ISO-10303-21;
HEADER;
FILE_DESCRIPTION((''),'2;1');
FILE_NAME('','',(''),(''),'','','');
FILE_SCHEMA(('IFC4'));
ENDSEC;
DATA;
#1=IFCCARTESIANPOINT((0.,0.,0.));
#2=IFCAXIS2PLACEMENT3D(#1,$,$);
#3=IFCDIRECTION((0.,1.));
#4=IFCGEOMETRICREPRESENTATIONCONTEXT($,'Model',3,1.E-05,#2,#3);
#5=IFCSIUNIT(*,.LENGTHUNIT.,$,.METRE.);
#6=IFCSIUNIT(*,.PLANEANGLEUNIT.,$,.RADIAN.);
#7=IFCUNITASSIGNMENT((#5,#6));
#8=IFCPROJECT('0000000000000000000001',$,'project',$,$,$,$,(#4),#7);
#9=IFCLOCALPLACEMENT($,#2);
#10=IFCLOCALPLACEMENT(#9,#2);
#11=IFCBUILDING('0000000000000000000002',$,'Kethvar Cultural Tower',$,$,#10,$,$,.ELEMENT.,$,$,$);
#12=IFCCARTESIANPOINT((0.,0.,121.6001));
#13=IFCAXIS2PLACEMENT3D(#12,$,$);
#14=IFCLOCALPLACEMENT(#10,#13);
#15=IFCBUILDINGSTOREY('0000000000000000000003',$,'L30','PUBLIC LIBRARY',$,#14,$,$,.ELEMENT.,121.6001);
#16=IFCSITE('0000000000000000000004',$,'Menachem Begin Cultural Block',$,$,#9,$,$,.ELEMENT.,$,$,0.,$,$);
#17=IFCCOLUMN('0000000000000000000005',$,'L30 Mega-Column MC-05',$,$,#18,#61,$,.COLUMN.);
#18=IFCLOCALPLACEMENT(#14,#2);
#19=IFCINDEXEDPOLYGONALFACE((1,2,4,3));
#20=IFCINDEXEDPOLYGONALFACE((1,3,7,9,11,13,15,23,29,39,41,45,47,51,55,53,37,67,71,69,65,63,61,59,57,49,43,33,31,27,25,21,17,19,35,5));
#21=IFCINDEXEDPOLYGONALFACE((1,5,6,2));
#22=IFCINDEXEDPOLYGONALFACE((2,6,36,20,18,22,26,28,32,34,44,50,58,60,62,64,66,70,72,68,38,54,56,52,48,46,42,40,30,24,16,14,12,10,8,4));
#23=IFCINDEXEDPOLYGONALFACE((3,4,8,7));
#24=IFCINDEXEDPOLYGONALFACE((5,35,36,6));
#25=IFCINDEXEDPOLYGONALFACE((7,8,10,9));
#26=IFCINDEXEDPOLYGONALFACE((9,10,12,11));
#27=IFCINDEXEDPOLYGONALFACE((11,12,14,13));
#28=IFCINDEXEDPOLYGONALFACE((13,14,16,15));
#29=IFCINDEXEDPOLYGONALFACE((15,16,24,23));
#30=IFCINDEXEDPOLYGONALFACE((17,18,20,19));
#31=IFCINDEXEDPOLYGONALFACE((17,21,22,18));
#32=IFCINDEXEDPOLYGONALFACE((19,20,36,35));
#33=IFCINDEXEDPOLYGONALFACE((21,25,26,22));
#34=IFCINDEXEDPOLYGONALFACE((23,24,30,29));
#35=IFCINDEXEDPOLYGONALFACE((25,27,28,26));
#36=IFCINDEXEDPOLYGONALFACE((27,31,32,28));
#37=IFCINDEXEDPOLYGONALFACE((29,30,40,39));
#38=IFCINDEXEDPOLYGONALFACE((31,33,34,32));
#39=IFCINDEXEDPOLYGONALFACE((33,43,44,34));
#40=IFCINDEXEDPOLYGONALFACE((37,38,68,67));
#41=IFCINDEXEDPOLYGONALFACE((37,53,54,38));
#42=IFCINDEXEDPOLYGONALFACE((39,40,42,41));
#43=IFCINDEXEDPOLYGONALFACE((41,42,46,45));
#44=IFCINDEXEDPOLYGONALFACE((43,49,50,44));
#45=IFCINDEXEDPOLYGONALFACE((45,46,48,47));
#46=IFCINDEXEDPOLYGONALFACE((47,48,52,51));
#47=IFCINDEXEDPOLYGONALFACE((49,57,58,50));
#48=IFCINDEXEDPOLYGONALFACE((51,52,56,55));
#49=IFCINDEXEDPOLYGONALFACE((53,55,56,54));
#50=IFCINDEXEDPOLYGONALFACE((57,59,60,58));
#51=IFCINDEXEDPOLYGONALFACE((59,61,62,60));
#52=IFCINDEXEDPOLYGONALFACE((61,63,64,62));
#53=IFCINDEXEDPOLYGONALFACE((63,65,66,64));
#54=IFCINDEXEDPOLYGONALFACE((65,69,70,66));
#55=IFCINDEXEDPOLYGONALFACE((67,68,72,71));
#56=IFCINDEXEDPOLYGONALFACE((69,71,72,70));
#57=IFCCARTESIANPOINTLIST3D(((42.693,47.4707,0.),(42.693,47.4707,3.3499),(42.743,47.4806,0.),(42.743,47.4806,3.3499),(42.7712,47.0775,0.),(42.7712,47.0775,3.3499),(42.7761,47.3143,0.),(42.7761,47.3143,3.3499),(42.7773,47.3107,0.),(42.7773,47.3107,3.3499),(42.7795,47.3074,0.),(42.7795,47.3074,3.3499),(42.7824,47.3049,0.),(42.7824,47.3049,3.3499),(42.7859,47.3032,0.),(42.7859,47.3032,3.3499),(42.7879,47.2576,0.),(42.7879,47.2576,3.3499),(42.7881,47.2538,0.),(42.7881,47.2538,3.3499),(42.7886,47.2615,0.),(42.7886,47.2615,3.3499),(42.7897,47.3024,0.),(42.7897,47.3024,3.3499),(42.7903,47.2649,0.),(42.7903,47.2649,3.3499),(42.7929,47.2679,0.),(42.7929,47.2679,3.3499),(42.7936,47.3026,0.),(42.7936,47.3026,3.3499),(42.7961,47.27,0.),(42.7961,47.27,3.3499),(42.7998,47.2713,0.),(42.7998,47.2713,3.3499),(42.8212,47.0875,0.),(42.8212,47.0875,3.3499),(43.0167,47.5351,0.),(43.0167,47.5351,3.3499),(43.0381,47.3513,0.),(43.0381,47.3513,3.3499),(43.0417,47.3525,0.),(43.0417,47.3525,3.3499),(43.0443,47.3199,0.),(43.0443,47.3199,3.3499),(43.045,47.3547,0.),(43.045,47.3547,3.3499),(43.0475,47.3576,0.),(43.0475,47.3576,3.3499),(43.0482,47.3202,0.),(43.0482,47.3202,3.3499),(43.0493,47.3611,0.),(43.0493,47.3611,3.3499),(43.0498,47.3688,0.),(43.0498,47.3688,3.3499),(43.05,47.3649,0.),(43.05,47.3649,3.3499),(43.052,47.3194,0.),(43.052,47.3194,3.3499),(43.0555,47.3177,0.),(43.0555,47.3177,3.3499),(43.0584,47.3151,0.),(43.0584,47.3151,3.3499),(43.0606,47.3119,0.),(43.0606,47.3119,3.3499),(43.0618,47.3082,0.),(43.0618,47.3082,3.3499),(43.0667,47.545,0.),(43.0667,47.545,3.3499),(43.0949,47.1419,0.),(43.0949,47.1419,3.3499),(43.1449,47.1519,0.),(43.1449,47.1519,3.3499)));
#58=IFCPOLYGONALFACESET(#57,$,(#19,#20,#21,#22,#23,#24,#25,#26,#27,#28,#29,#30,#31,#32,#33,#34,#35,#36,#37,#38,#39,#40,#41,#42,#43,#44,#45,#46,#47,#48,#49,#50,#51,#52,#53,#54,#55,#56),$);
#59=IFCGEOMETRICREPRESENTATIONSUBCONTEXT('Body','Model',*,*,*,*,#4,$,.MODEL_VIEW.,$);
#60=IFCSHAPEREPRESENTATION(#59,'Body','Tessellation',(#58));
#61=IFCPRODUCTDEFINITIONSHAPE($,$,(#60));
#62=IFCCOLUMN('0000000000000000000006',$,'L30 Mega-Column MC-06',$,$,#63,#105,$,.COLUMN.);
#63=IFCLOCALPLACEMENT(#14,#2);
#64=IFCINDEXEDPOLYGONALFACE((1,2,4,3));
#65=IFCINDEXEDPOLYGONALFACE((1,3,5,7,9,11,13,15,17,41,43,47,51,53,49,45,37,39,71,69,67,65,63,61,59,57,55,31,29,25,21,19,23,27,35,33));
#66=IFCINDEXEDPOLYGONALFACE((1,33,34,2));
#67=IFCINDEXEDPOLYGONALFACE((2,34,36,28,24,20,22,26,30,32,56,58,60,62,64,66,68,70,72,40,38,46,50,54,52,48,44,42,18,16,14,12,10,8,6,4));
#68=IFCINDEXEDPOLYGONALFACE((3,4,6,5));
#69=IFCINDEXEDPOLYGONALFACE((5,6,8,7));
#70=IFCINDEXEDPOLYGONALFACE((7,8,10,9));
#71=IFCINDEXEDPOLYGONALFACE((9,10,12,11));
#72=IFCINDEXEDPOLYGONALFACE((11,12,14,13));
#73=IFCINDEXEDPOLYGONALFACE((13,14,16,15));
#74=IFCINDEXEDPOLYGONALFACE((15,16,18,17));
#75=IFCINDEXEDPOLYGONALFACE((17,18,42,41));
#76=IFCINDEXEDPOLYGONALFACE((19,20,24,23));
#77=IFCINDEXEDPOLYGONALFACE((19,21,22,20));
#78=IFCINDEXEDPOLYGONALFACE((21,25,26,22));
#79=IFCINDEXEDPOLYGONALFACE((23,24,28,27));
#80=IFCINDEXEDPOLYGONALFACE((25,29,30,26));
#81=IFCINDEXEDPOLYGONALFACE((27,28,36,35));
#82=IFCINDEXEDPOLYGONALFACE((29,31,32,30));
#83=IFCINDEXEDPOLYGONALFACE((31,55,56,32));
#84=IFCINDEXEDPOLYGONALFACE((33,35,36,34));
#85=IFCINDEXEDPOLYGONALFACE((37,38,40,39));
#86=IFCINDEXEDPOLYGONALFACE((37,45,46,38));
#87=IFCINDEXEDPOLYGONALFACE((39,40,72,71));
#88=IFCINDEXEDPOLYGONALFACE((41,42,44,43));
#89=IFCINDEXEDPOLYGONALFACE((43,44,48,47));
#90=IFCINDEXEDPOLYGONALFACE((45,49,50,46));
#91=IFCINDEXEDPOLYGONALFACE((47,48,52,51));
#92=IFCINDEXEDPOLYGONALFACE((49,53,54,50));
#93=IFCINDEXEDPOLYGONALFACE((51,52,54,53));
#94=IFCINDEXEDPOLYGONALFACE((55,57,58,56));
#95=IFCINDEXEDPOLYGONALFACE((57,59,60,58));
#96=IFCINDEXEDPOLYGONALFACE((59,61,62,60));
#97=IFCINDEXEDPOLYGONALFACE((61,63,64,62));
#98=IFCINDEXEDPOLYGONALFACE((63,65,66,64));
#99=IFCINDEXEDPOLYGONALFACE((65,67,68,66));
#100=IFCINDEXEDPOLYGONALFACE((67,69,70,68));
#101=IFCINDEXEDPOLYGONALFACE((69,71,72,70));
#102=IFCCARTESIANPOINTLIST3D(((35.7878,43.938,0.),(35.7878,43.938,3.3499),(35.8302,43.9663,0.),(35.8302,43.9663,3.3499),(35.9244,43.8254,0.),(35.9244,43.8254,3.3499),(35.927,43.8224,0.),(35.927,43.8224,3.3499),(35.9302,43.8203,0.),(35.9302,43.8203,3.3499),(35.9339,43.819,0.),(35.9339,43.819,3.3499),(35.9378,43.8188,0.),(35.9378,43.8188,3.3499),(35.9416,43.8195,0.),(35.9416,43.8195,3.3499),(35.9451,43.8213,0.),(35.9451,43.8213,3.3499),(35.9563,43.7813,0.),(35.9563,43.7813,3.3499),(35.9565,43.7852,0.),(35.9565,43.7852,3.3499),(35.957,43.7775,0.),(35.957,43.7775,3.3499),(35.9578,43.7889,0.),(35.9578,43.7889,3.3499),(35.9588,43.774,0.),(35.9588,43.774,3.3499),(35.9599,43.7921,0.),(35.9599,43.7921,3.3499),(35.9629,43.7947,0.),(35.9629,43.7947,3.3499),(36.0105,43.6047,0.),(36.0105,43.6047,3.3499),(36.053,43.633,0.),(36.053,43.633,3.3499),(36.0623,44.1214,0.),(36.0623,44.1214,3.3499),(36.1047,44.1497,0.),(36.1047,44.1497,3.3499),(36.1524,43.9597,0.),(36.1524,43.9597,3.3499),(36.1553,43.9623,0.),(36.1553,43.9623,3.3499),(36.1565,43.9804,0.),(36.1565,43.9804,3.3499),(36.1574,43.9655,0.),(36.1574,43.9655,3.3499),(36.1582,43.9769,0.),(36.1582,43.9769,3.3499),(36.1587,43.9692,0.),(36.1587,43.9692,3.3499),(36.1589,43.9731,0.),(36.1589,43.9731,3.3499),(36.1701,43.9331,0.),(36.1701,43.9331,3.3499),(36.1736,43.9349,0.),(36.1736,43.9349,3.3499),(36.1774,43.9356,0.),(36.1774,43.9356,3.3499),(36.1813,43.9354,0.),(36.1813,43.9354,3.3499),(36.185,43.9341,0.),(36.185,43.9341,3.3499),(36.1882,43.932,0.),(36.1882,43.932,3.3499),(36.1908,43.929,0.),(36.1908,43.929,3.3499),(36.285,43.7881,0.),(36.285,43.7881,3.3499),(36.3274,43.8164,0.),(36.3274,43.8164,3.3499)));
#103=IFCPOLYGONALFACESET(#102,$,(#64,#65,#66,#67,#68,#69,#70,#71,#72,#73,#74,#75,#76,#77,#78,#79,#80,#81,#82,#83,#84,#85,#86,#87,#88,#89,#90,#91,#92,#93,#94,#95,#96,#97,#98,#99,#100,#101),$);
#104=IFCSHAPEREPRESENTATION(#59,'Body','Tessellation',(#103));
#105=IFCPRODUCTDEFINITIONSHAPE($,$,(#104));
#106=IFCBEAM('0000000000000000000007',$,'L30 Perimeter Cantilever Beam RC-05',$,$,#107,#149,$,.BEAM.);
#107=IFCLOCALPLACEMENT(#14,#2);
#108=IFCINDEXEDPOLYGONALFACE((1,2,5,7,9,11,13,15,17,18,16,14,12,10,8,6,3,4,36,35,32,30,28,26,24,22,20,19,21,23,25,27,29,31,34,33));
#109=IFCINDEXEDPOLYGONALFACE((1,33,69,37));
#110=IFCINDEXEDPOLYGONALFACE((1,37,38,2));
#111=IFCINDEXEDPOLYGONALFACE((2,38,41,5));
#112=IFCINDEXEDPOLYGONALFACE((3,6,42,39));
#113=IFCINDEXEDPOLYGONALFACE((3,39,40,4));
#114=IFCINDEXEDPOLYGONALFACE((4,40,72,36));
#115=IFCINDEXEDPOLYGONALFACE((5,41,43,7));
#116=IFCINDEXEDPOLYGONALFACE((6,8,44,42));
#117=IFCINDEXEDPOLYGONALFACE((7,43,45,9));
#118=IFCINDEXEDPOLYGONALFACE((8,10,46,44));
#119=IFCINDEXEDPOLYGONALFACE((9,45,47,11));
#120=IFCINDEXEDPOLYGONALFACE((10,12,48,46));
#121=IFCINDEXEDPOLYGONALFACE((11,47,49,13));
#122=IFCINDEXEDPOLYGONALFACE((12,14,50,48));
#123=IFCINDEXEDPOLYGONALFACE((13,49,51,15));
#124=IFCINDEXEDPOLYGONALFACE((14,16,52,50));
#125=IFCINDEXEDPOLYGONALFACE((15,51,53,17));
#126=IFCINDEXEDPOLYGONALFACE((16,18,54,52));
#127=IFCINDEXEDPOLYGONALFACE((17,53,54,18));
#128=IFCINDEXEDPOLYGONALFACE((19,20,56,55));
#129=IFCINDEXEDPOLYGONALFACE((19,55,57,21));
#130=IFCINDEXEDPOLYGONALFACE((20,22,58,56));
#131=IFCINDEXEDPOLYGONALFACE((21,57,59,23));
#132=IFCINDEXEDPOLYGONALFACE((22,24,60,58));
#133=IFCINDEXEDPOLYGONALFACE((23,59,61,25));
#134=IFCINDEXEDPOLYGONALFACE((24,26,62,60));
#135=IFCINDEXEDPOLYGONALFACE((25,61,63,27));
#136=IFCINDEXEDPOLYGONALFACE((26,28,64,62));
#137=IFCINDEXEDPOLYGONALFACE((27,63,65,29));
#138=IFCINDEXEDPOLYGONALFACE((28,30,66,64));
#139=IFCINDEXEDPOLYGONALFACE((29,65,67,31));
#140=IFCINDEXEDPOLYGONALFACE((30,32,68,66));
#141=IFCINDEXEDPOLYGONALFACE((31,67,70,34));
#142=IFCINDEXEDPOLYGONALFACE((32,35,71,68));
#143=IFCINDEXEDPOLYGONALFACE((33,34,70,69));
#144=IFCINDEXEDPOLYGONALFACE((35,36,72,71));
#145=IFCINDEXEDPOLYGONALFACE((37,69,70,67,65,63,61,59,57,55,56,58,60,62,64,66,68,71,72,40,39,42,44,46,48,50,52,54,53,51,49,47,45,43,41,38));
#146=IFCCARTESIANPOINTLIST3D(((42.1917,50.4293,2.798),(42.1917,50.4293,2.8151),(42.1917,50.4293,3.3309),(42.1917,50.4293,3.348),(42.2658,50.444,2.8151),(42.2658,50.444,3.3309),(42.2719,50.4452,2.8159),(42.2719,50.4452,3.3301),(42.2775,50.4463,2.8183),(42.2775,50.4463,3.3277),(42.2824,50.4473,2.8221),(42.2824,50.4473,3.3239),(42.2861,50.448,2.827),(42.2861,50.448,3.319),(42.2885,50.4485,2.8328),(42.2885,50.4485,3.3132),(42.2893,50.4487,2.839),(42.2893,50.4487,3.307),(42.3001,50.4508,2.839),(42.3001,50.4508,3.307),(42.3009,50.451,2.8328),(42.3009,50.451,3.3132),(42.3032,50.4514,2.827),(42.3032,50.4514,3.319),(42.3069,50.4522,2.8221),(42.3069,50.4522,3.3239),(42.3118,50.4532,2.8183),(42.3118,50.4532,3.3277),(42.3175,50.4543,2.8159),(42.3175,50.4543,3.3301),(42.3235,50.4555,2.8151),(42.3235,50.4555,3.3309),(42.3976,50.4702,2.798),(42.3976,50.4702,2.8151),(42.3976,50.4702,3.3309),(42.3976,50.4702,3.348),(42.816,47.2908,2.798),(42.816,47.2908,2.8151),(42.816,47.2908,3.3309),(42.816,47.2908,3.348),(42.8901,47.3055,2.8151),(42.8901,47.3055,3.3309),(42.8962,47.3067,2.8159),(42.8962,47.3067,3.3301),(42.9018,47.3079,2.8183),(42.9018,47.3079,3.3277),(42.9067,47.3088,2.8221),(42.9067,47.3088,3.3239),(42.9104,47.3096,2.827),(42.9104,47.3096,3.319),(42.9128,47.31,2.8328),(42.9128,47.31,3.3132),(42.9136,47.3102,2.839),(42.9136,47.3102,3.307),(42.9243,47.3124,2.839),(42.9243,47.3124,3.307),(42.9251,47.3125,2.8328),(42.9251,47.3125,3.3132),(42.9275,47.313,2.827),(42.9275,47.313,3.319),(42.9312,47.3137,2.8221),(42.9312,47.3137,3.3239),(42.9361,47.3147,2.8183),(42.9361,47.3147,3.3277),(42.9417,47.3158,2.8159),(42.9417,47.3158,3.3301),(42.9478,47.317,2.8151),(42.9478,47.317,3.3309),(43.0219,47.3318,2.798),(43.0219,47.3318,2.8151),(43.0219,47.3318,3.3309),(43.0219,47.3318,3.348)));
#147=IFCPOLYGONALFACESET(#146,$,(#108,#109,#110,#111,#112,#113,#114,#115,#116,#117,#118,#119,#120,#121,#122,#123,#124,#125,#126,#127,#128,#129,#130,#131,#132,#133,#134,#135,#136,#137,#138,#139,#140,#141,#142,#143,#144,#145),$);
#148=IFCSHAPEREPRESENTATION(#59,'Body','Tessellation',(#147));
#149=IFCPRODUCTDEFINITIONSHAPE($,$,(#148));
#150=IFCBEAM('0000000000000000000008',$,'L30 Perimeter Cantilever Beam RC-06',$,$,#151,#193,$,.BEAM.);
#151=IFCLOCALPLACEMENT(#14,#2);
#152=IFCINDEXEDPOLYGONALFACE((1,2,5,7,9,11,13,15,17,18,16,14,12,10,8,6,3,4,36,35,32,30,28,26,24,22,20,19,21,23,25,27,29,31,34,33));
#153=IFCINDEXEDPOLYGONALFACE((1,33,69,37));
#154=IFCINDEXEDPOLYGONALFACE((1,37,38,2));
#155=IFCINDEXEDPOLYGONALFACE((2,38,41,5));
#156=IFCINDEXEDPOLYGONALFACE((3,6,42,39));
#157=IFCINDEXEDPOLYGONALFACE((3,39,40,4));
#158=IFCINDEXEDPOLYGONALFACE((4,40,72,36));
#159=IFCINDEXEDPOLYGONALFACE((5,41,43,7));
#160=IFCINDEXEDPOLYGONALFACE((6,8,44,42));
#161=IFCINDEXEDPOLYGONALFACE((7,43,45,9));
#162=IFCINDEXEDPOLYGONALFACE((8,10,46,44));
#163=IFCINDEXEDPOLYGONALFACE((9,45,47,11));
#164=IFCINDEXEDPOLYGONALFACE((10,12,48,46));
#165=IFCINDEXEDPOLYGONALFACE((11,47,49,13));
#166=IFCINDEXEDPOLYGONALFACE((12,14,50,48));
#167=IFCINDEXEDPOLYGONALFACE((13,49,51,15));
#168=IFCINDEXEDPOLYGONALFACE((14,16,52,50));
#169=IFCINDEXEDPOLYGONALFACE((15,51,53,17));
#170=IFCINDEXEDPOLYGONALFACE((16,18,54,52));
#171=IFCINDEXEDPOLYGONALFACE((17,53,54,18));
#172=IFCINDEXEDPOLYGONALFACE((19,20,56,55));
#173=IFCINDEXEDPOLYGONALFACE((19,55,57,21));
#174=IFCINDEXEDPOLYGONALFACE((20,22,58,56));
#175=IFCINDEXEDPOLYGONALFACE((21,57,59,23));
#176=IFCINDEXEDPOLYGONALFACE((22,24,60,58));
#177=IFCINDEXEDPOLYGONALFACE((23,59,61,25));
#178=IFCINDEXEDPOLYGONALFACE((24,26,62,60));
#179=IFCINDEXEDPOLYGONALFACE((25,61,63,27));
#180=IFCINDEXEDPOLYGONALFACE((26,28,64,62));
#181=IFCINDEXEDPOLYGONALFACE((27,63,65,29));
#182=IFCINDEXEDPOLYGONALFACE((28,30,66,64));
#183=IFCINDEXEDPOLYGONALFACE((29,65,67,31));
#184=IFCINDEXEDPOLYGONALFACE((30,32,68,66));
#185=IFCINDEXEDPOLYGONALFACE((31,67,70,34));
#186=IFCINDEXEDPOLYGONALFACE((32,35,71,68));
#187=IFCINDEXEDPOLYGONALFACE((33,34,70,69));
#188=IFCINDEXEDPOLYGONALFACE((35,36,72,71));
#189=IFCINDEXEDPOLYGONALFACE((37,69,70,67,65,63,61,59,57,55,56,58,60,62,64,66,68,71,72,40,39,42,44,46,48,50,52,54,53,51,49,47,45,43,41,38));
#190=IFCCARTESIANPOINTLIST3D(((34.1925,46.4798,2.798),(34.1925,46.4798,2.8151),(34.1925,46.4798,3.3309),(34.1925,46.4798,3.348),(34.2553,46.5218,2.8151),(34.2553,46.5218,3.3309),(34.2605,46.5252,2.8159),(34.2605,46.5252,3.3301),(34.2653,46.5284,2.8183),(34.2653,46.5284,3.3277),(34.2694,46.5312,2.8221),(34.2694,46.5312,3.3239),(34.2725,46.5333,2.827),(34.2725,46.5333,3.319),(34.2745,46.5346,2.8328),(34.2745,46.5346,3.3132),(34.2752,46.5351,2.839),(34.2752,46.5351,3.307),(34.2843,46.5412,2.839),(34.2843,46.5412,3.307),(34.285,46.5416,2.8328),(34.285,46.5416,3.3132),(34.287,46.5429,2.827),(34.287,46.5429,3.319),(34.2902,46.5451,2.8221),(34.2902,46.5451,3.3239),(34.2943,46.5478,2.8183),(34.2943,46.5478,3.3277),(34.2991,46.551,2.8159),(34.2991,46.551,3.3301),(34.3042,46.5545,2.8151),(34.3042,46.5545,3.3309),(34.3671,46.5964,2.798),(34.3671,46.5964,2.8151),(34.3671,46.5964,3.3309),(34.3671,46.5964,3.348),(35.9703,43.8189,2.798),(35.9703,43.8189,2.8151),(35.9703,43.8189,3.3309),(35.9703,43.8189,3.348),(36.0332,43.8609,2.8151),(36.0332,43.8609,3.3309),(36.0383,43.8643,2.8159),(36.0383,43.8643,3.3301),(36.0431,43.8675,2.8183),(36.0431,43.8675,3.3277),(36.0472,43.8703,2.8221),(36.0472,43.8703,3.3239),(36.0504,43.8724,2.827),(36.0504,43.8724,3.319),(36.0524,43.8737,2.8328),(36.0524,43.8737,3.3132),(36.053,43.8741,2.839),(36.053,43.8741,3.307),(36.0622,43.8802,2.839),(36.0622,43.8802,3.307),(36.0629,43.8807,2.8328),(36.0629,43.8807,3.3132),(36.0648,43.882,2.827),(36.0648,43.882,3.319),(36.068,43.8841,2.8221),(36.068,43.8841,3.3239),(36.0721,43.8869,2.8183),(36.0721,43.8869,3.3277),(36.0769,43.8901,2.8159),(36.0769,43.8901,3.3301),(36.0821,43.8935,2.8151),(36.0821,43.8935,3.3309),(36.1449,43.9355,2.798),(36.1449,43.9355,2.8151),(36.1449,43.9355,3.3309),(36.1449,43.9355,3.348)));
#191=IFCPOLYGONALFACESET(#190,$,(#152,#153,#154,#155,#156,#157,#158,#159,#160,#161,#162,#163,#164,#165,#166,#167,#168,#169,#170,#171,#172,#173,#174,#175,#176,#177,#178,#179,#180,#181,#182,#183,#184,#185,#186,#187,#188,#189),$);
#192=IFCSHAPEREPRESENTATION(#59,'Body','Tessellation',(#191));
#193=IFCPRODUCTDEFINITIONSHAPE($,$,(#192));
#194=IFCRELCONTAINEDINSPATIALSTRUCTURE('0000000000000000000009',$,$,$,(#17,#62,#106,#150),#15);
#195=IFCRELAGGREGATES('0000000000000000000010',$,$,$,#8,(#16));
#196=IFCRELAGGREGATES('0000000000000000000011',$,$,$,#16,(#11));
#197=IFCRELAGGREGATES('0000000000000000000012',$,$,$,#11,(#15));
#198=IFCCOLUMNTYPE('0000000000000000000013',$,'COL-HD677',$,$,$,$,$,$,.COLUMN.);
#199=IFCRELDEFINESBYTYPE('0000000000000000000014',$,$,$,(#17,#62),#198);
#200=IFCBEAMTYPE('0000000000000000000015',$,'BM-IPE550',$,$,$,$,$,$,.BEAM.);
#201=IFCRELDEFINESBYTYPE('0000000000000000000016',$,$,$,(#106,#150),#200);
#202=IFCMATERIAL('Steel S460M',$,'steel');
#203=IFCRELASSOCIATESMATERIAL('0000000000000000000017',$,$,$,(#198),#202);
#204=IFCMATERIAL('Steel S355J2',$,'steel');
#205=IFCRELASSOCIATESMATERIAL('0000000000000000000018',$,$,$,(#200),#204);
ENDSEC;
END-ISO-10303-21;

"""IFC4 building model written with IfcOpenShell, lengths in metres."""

from ifc_helpers import new_model, si_unit, direction, frame, origin, origin_2d, place, context, subcontext, project, spatial, i_section, extrude, source, transform, mapped, material, material_profile, profile_set, type_object, element, save


model = new_model("IFC4")

# Units and contexts
model_context = context("Model", 3, precision=1e-05, world=origin(), true_north=direction((0.0, 1.0)))
body_context = subcontext(model_context, "Body", "Model", "MODEL_VIEW")
ifc_project = project(units=[si_unit("LENGTHUNIT", "METRE"), si_unit("PLANEANGLEUNIT", "RADIAN")], contexts=[model_context])

# Site, building, storey
site_placement = place(None, origin())
site = spatial("IfcSite", under=ifc_project, at=site_placement, Name="Menachem Begin Cultural Block", CompositionType="ELEMENT", RefElevation=0.0)
building_placement = place(site_placement, origin())
building = spatial("IfcBuilding", under=site, at=building_placement, Name="Kethvar Cultural Tower", CompositionType="ELEMENT")
storey_placement = place(building_placement, frame((0.0, 0.0, 121.6001)))
storey = spatial("IfcBuildingStorey", under=building, at=storey_placement, Name="L30", Description="PUBLIC LIBRARY", CompositionType="ELEMENT", Elevation=121.6001)

# Columns
ifc_material_1 = material(Name="Steel S460M", Category="steel")
ifc_material_profile_1 = material_profile(ifc_material_1, i_section(OverallWidth=0.4009, OverallDepth=0.3811, WebThickness=0.032, FlangeThickness=0.051, FilletRadius=0.0149, at=origin_2d()), Name="Steel S460M — HD400x677")
ifc_profile_set_1 = profile_set([ifc_material_profile_1], Name="Steel S460M — HD400x677")
column_type = type_object("IfcColumnType", Name="COL-HD677", PredefinedType="COLUMN", material=ifc_profile_set_1)
shared_shape_1 = source(origin(), body_context, "Body", "SweptSolid", [
    extrude(i_section(OverallWidth=0.4009, OverallDepth=0.3811, WebThickness=0.032, FlangeThickness=0.051, FilletRadius=0.0149, at=origin_2d()), origin(), (0.0, 0.0, 1.0), 3.3499),
])
for number, where, z_axis, x_axis, name in (
    (1, (42.9189, 47.3113, 0.0), (0.0, 0.0, 1.0), (-0.19509, 0.980785, 0.0), "L30 Mega-Column MC-05"),
    (2, (36.0576, 43.8772, 0.0), (0.0, 0.0, 1.0), (-0.55557, 0.83147, 0.0), "L30 Mega-Column MC-06"),
):
    element("IfcColumn", number, at=place(storey_placement, frame(where, z_axis=z_axis, x_axis=x_axis)), inside=storey, type_object=column_type, Name=name, PredefinedType="COLUMN", context=body_context, shape_type="MappedRepresentation", body=[
        mapped(shared_shape_1, transform((0.0, 0.0, 0.0), scale=1.0)),
    ])

# Beams
ifc_material_2 = material(Name="Steel S355J2", Category="steel")
ifc_material_profile_2 = material_profile(ifc_material_2, i_section(OverallWidth=0.21, OverallDepth=0.55, WebThickness=0.011, FlangeThickness=0.0171, FilletRadius=0.0239, at=origin_2d()), Name="Steel S355J2 — IPE550")
ifc_profile_set_2 = profile_set([ifc_material_profile_2], Name="Steel S355J2 — IPE550")
beam_type_1 = type_object("IfcBeamType", Name="BM-IPE550", PredefinedType="BEAM", material=ifc_profile_set_2)
shared_shape_2 = source(origin(), body_context, "Body", "SweptSolid", [
    extrude(i_section(OverallWidth=0.21, OverallDepth=0.55, WebThickness=0.011, FlangeThickness=0.0171, FilletRadius=0.0239, at=origin_2d()), origin(), (0.0, 0.0, 1.0), 3.2),
])
beam_1_placement = place(storey_placement, frame((42.9189, 47.3113, 3.073), z_axis=(-0.195089, 0.980786, 0.0), x_axis=(-0.980786, -0.195089, 0.0)))
element("IfcBeam", 3, at=beam_1_placement, inside=storey, type_object=beam_type_1, Name="L30 Perimeter Cantilever Beam RC-05", PredefinedType="BEAM", context=body_context, shape_type="MappedRepresentation", body=[
    mapped(shared_shape_2, transform((0.0, 0.0, 0.0), scale=1.0)),
])
shared_shape_3 = source(origin(), body_context, "Body", "SweptSolid", [
    extrude(i_section(OverallWidth=0.21, OverallDepth=0.55, WebThickness=0.011, FlangeThickness=0.0171, FilletRadius=0.0239, at=origin_2d()), origin(), (0.0, 0.0, 1.0), 3.2002),
])
beam_2_placement = place(storey_placement, frame((36.0576, 43.8772, 3.073), z_axis=(-0.555545, 0.831486, 0.0), x_axis=(-0.831486, -0.555545, 0.0)))
element("IfcBeam", 4, at=beam_2_placement, inside=storey, type_object=beam_type_1, Name="L30 Perimeter Cantilever Beam RC-06", PredefinedType="BEAM", context=body_context, shape_type="MappedRepresentation", body=[
    mapped(shared_shape_3, transform((0.0, 0.0, 0.0), scale=1.0)),
])

save(model, "model.ifc")
